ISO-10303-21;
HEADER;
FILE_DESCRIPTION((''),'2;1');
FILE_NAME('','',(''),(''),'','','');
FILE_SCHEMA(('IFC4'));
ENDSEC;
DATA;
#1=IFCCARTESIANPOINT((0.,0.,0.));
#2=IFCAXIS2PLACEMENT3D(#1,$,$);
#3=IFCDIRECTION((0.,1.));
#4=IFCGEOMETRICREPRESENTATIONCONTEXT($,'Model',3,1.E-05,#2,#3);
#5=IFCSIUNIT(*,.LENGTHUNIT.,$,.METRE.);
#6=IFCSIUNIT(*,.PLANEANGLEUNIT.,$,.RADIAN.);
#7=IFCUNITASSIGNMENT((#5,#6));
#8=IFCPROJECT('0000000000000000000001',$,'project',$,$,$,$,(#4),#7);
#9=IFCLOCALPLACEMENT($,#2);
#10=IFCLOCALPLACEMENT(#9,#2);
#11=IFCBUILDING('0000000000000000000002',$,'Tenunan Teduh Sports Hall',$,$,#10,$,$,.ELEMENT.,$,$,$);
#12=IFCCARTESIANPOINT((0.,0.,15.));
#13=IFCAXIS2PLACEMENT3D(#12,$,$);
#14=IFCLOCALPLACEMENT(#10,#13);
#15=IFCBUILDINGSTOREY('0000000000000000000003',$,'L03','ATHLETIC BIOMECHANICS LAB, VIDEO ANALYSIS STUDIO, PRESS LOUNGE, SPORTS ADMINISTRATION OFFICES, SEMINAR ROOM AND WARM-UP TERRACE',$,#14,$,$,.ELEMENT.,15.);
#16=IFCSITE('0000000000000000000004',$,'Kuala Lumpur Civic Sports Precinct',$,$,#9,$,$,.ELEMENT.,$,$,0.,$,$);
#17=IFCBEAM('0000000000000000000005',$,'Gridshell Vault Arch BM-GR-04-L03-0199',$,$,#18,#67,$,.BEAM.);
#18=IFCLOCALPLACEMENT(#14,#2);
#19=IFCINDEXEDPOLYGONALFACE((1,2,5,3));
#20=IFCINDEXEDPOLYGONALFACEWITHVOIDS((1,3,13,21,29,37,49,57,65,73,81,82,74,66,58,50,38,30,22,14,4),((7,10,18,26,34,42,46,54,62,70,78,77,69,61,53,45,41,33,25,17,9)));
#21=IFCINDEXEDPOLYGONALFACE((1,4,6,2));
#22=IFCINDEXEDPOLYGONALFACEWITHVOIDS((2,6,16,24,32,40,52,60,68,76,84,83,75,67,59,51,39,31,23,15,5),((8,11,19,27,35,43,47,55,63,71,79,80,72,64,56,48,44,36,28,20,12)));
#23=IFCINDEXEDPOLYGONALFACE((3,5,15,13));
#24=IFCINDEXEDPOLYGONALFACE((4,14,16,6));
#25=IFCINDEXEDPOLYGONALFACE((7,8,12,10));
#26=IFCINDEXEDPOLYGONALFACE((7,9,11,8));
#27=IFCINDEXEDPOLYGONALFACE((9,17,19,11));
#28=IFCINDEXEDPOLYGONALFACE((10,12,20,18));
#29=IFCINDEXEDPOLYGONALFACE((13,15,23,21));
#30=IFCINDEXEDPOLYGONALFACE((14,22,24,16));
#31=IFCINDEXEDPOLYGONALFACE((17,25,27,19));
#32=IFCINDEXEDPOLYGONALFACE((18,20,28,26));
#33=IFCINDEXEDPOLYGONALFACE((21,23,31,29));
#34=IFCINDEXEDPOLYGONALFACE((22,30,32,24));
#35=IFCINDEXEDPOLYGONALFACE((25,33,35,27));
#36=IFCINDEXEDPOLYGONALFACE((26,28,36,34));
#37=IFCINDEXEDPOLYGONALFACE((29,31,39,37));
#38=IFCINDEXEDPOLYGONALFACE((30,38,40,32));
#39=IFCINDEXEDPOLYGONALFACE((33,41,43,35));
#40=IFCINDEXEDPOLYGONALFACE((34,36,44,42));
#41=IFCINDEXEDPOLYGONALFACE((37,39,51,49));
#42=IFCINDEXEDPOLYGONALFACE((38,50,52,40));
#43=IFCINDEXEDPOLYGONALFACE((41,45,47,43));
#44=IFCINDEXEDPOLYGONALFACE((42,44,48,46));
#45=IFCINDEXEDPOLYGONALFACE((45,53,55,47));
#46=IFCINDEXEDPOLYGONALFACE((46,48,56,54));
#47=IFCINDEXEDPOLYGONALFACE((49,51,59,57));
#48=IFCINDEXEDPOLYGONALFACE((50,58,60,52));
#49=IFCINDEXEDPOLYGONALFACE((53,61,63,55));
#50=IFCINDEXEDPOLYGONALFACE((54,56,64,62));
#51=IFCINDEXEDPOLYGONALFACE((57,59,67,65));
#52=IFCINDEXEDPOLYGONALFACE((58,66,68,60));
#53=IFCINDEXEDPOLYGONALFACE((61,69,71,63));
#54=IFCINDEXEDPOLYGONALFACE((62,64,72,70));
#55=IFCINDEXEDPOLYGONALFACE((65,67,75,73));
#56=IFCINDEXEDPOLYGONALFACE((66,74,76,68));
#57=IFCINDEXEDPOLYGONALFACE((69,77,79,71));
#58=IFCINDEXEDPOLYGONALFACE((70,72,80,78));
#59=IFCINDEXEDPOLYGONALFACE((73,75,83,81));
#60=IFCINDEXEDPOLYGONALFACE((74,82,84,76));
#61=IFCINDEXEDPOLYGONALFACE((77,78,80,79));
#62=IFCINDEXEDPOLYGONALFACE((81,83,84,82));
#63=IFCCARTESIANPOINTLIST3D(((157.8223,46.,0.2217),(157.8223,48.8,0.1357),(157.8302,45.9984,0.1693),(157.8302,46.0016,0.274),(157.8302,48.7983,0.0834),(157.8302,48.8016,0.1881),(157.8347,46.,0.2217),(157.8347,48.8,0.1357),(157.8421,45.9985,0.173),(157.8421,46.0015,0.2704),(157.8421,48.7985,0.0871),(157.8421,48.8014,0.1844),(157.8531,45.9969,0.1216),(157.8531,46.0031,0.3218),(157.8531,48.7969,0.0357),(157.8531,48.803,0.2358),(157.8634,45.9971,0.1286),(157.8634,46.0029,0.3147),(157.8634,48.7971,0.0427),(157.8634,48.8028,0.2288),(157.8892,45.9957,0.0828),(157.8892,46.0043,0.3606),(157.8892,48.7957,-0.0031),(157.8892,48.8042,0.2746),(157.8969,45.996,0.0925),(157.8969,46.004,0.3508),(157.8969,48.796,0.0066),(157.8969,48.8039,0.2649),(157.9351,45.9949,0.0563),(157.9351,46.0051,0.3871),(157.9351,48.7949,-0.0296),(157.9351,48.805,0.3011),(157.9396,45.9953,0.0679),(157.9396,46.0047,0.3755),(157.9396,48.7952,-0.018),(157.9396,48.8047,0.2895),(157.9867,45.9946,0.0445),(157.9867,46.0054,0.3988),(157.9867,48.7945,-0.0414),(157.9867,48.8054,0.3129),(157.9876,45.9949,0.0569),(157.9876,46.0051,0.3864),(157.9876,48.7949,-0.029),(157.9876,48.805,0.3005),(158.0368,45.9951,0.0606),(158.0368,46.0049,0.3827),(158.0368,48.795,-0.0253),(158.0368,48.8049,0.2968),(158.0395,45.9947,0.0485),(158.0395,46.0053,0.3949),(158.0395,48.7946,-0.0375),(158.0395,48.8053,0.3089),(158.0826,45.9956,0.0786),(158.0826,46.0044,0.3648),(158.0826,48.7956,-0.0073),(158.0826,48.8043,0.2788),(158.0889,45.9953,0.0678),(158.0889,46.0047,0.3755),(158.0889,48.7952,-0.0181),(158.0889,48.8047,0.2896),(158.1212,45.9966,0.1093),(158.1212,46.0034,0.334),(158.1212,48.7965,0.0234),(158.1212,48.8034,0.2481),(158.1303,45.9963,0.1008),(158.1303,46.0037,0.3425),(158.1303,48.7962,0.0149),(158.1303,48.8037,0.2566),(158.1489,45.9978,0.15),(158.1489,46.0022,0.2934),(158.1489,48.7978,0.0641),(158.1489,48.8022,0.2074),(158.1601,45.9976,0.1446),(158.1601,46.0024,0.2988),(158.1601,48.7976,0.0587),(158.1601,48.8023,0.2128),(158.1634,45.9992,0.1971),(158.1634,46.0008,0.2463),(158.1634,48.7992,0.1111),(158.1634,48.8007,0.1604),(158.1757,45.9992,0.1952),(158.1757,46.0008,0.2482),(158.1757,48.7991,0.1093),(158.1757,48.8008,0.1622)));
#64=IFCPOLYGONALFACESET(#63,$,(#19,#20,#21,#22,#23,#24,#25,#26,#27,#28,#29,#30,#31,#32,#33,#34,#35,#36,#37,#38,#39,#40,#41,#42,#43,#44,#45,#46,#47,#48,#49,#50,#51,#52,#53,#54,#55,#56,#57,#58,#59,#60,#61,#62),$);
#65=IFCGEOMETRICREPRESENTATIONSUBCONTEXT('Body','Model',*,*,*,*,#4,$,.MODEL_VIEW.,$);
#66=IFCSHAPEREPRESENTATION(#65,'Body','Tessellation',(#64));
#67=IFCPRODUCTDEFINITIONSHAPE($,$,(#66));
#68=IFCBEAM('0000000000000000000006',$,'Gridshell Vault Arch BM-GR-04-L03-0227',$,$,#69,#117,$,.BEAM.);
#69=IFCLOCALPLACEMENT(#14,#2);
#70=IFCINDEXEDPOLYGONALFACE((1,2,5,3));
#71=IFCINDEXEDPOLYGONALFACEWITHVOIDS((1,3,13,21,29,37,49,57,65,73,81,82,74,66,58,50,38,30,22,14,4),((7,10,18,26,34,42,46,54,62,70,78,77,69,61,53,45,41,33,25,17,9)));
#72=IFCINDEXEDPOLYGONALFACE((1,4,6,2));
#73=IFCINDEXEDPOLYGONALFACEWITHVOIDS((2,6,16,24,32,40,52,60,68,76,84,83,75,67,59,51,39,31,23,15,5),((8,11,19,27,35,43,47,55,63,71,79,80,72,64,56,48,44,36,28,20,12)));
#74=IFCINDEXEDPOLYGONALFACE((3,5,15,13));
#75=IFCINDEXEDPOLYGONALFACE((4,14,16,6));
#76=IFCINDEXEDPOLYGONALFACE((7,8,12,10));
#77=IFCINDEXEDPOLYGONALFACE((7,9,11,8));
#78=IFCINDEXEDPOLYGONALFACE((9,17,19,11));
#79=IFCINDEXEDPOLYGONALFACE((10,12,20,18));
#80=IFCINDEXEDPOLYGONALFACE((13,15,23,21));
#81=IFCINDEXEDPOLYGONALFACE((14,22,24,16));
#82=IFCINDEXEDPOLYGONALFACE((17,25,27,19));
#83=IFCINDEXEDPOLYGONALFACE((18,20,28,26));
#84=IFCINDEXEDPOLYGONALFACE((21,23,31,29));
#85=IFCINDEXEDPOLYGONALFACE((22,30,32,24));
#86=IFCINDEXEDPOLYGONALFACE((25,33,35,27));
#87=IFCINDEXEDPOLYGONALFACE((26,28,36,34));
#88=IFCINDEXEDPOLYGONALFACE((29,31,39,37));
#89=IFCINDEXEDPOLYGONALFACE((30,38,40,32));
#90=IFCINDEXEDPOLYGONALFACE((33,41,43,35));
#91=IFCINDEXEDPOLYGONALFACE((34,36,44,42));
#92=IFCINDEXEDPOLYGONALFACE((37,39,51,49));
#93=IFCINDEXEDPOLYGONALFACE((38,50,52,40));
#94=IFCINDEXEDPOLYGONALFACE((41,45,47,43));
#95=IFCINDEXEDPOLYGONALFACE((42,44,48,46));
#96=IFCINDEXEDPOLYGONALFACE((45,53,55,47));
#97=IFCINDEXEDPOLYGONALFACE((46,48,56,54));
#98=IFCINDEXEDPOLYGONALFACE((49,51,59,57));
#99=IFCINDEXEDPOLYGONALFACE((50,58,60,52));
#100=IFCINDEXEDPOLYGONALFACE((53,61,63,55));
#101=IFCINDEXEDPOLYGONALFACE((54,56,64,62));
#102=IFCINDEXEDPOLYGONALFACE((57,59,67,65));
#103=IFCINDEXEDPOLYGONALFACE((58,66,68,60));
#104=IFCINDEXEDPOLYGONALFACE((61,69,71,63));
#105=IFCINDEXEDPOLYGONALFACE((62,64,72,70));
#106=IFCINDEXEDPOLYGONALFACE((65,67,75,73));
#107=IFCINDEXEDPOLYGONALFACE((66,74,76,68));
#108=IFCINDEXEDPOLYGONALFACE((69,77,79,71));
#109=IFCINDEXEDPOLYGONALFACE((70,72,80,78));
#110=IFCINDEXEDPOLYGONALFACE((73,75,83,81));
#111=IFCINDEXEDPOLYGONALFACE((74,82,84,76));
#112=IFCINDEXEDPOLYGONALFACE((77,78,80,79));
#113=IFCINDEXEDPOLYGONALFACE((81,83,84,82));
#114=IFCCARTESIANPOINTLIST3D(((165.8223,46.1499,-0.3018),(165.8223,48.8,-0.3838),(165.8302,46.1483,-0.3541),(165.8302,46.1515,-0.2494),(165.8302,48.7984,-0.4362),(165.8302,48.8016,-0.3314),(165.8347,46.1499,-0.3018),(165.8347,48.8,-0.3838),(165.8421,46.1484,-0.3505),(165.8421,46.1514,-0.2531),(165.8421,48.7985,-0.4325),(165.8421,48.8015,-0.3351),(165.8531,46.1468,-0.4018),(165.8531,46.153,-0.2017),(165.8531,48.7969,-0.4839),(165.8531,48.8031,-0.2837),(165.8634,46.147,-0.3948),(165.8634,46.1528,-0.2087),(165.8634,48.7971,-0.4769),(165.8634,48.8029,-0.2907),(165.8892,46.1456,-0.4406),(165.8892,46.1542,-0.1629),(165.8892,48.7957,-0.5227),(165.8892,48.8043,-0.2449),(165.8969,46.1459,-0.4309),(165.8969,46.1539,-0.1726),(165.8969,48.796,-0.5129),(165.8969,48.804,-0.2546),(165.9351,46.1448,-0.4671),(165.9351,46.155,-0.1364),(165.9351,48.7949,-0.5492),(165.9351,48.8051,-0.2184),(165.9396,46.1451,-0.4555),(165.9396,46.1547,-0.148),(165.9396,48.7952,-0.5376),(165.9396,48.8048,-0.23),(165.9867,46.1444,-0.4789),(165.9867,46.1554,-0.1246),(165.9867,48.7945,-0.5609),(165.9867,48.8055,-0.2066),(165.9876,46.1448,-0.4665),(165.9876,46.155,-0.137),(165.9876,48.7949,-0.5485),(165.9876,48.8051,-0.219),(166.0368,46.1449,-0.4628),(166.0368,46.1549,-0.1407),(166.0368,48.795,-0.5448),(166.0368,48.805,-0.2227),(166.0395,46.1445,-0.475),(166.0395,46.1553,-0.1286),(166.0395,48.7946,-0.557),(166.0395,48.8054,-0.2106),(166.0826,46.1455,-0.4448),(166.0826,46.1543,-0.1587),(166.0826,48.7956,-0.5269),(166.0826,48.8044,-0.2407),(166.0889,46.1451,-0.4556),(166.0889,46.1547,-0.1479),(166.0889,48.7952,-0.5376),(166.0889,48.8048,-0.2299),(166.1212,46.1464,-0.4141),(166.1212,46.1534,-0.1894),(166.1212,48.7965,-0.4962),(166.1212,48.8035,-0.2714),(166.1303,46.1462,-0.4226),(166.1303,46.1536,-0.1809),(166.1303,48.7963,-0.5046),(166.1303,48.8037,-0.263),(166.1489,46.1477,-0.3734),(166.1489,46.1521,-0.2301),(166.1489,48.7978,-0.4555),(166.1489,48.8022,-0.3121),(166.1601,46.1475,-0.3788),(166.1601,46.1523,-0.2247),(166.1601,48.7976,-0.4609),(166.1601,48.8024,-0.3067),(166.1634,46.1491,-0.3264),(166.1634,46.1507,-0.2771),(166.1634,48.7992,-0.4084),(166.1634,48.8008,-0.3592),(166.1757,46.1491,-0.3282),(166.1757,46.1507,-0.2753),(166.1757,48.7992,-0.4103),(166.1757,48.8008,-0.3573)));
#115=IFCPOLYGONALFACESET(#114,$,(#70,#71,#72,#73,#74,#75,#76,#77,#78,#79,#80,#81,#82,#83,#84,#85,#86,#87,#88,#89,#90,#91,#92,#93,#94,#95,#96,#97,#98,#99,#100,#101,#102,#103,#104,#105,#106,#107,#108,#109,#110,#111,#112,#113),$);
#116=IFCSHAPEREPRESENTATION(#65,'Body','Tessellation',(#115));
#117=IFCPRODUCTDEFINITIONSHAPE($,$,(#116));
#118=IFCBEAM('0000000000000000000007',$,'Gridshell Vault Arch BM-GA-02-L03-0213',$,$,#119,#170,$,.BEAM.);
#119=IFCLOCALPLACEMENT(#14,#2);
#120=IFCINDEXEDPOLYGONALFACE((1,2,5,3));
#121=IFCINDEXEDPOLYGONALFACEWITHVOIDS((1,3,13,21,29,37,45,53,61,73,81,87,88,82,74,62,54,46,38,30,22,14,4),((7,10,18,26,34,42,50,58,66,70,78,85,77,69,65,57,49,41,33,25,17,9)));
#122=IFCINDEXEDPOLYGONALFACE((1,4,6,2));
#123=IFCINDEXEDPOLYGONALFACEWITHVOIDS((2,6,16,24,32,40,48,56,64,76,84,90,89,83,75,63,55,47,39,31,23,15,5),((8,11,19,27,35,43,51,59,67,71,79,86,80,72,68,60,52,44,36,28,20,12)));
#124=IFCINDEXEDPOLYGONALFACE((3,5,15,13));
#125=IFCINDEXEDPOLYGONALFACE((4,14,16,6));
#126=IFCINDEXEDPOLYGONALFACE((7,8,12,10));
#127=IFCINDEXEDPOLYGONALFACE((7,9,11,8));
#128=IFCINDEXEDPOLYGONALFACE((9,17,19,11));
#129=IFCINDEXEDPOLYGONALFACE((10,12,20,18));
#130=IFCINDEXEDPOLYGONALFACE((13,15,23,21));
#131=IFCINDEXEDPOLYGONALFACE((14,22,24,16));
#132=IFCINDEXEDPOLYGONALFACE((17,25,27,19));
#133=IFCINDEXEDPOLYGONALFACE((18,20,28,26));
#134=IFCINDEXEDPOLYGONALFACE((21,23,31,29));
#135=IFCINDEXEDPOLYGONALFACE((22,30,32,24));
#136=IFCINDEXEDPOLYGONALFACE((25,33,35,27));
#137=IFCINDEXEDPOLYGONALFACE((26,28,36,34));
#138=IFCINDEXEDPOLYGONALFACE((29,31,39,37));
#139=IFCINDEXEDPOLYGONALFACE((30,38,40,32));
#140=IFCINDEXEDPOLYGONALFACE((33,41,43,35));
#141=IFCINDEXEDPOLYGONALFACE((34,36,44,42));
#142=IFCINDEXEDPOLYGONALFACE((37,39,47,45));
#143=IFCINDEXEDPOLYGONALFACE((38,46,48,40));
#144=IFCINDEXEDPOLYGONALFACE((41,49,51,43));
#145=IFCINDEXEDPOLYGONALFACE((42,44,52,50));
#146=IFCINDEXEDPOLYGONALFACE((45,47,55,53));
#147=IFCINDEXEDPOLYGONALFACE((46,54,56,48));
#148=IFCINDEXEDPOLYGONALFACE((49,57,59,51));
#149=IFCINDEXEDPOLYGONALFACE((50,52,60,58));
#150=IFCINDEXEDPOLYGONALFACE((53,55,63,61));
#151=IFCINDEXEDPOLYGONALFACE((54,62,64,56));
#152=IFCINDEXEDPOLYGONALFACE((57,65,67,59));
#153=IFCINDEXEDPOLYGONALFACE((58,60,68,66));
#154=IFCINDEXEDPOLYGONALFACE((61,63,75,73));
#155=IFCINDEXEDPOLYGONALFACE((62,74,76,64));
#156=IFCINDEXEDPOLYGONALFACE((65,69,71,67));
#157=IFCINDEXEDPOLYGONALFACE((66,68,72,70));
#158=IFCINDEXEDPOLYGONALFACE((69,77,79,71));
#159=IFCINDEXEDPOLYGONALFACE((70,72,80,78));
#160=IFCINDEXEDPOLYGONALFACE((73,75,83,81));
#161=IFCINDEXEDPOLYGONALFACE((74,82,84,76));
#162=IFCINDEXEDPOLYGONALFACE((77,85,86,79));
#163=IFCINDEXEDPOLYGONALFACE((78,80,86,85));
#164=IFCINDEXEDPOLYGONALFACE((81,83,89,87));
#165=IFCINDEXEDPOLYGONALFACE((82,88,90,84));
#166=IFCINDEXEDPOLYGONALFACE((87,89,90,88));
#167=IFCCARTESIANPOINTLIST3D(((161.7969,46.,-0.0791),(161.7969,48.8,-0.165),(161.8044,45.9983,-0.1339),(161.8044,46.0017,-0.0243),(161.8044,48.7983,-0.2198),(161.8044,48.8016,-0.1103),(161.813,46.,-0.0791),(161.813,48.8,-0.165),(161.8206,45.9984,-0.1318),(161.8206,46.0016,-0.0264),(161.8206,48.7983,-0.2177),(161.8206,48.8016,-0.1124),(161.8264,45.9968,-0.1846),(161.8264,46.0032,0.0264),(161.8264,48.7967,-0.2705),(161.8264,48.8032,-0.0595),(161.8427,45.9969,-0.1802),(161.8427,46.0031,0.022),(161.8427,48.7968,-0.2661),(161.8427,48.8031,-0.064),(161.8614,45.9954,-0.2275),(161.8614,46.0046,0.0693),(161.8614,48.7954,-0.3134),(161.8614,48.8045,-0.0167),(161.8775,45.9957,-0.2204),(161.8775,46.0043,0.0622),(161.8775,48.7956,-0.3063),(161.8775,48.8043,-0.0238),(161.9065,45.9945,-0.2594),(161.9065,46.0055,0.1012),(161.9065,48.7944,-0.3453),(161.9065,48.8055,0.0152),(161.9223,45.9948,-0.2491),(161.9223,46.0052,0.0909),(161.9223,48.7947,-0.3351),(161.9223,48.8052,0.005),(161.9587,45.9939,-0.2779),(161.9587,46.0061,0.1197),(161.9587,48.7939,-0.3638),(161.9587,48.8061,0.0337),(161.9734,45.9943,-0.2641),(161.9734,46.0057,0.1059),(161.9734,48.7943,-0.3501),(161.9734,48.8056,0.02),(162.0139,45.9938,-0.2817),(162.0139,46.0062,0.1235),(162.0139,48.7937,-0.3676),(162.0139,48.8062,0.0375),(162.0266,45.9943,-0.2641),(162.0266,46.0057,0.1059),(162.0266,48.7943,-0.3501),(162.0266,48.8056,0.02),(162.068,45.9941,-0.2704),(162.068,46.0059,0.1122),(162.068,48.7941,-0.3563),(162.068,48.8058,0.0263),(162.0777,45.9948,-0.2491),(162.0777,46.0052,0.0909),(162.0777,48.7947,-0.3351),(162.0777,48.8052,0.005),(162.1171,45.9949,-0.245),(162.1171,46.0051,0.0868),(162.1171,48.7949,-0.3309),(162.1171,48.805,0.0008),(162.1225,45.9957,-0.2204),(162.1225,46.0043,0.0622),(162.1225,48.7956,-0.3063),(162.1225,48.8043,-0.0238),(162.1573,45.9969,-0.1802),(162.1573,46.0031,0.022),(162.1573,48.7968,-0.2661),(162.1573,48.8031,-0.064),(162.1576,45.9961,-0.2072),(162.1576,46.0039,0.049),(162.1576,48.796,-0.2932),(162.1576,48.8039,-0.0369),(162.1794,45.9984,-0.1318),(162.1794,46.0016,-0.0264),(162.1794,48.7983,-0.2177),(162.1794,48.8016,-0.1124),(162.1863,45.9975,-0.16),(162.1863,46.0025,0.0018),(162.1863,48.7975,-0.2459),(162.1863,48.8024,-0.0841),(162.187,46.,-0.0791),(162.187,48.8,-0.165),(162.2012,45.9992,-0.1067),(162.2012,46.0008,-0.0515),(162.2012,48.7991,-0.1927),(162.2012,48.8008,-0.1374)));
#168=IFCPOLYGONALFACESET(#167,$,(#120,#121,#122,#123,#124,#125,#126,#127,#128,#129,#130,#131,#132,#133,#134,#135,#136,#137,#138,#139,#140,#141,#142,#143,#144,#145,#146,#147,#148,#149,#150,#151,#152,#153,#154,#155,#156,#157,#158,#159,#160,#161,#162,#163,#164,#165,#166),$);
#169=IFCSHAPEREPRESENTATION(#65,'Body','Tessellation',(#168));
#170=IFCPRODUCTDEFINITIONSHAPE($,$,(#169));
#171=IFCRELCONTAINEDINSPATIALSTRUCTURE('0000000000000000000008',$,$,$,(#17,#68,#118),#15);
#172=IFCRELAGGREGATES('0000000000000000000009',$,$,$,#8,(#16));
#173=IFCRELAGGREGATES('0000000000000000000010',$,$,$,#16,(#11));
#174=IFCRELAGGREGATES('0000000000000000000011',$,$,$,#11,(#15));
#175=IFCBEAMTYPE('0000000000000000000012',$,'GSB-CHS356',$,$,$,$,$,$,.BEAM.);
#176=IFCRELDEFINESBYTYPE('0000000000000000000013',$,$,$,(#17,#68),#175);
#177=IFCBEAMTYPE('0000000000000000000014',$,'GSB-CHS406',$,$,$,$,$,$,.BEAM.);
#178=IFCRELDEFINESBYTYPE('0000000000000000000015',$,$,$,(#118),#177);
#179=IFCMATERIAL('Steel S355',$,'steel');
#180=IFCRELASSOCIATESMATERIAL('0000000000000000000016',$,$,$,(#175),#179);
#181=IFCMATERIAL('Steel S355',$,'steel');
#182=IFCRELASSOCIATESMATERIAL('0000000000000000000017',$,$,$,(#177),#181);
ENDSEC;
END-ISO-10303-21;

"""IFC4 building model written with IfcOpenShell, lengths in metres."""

from ifc_helpers import new_model, si_unit, direction, frame, origin, origin_2d, place, context, subcontext, project, spatial, hollow_circle, extrude, material, material_profile, profile_set, type_object, element, save


model = new_model("IFC4")

# Units and contexts
model_context = context("Model", 3, precision=1e-05, world=origin(), true_north=direction((0.0, 1.0)))
body_context = subcontext(model_context, "Body", "Model", "MODEL_VIEW")
ifc_project = project(units=[si_unit("LENGTHUNIT", "METRE"), si_unit("PLANEANGLEUNIT", "RADIAN")], contexts=[model_context])

# Site, building, storey
site_placement = place(None, origin())
site = spatial("IfcSite", under=ifc_project, at=site_placement, Name="Kuala Lumpur Civic Sports Precinct", CompositionType="ELEMENT", RefElevation=0.0)
building_placement = place(site_placement, origin())
building = spatial("IfcBuilding", under=site, at=building_placement, Name="Tenunan Teduh Sports Hall", CompositionType="ELEMENT")
storey_placement = place(building_placement, frame((0.0, 0.0, 15.0)))
storey = spatial("IfcBuildingStorey", under=building, at=storey_placement, Name="L03", Description="ATHLETIC BIOMECHANICS LAB, VIDEO ANALYSIS STUDIO, PRESS LOUNGE, SPORTS ADMINISTRATION OFFICES, SEMINAR ROOM AND WARM-UP TERRACE", CompositionType="ELEMENT", Elevation=15.0)

# Beams
ifc_material_1 = material(Name="Steel S355", Category="steel")
ifc_material_profile_1 = material_profile(ifc_material_1, hollow_circle(Radius=0.1777, WallThickness=0.0125, at=origin_2d()), Name="CHS 355.6x12.5")
ifc_profile_set_1 = profile_set([ifc_material_profile_1], Name="Steel S355")
beam_type_1 = type_object("IfcBeamType", Name="GSB-CHS356", PredefinedType="BEAM", material=ifc_profile_set_1)
beam_1_placement = place(storey_placement, frame((158.0, 46.0, 0.2217), z_axis=(0.0, 0.999529, -0.030677), x_axis=(-1.0, 0.0, 0.0)))
element("IfcBeam", 1, at=beam_1_placement, inside=storey, type_object=beam_type_1, Name="Gridshell Vault Arch BM-GR-04-L03-0199", PredefinedType="BEAM", context=body_context, shape_type="SweptSolid", body=[
    extrude(hollow_circle(Radius=0.1777, WallThickness=0.0125, at=origin_2d()), origin(), (0.0, 0.0, 1.0), 2.8013),
])
beam_2_placement = place(storey_placement, frame((166.0, 46.1499, -0.3018), z_axis=(0.0, 0.999521, -0.030939), x_axis=(-1.0, 0.0, 0.0)))
element("IfcBeam", 2, at=beam_2_placement, inside=storey, type_object=beam_type_1, Name="Gridshell Vault Arch BM-GR-04-L03-0227", PredefinedType="BEAM", context=body_context, shape_type="SweptSolid", body=[
    extrude(hollow_circle(Radius=0.1777, WallThickness=0.0125, at=origin_2d()), origin(), (0.0, 0.0, 1.0), 2.6514),
])
ifc_material_2 = material(Name="Steel S355", Category="steel")
ifc_material_profile_2 = material_profile(ifc_material_2, hollow_circle(Radius=0.2031, WallThickness=0.0161, at=origin_2d()), Name="CHS 406.4x16.0")
ifc_profile_set_2 = profile_set([ifc_material_profile_2], Name="Steel S355")
beam_type_2 = type_object("IfcBeamType", Name="GSB-CHS406", PredefinedType="BEAM", material=ifc_profile_set_2)
beam_3_placement = place(storey_placement, frame((162.0, 46.0, -0.0791), z_axis=(0.0, 0.999529, -0.030677), x_axis=(-1.0, 0.0, 0.0)))
element("IfcBeam", 3, at=beam_3_placement, inside=storey, type_object=beam_type_2, Name="Gridshell Vault Arch BM-GA-02-L03-0213", PredefinedType="BEAM", context=body_context, shape_type="SweptSolid", body=[
    extrude(hollow_circle(Radius=0.2031, WallThickness=0.0161, at=origin_2d()), origin(), (0.0, 0.0, 1.0), 2.8013),
])

save(model, "model.ifc")
